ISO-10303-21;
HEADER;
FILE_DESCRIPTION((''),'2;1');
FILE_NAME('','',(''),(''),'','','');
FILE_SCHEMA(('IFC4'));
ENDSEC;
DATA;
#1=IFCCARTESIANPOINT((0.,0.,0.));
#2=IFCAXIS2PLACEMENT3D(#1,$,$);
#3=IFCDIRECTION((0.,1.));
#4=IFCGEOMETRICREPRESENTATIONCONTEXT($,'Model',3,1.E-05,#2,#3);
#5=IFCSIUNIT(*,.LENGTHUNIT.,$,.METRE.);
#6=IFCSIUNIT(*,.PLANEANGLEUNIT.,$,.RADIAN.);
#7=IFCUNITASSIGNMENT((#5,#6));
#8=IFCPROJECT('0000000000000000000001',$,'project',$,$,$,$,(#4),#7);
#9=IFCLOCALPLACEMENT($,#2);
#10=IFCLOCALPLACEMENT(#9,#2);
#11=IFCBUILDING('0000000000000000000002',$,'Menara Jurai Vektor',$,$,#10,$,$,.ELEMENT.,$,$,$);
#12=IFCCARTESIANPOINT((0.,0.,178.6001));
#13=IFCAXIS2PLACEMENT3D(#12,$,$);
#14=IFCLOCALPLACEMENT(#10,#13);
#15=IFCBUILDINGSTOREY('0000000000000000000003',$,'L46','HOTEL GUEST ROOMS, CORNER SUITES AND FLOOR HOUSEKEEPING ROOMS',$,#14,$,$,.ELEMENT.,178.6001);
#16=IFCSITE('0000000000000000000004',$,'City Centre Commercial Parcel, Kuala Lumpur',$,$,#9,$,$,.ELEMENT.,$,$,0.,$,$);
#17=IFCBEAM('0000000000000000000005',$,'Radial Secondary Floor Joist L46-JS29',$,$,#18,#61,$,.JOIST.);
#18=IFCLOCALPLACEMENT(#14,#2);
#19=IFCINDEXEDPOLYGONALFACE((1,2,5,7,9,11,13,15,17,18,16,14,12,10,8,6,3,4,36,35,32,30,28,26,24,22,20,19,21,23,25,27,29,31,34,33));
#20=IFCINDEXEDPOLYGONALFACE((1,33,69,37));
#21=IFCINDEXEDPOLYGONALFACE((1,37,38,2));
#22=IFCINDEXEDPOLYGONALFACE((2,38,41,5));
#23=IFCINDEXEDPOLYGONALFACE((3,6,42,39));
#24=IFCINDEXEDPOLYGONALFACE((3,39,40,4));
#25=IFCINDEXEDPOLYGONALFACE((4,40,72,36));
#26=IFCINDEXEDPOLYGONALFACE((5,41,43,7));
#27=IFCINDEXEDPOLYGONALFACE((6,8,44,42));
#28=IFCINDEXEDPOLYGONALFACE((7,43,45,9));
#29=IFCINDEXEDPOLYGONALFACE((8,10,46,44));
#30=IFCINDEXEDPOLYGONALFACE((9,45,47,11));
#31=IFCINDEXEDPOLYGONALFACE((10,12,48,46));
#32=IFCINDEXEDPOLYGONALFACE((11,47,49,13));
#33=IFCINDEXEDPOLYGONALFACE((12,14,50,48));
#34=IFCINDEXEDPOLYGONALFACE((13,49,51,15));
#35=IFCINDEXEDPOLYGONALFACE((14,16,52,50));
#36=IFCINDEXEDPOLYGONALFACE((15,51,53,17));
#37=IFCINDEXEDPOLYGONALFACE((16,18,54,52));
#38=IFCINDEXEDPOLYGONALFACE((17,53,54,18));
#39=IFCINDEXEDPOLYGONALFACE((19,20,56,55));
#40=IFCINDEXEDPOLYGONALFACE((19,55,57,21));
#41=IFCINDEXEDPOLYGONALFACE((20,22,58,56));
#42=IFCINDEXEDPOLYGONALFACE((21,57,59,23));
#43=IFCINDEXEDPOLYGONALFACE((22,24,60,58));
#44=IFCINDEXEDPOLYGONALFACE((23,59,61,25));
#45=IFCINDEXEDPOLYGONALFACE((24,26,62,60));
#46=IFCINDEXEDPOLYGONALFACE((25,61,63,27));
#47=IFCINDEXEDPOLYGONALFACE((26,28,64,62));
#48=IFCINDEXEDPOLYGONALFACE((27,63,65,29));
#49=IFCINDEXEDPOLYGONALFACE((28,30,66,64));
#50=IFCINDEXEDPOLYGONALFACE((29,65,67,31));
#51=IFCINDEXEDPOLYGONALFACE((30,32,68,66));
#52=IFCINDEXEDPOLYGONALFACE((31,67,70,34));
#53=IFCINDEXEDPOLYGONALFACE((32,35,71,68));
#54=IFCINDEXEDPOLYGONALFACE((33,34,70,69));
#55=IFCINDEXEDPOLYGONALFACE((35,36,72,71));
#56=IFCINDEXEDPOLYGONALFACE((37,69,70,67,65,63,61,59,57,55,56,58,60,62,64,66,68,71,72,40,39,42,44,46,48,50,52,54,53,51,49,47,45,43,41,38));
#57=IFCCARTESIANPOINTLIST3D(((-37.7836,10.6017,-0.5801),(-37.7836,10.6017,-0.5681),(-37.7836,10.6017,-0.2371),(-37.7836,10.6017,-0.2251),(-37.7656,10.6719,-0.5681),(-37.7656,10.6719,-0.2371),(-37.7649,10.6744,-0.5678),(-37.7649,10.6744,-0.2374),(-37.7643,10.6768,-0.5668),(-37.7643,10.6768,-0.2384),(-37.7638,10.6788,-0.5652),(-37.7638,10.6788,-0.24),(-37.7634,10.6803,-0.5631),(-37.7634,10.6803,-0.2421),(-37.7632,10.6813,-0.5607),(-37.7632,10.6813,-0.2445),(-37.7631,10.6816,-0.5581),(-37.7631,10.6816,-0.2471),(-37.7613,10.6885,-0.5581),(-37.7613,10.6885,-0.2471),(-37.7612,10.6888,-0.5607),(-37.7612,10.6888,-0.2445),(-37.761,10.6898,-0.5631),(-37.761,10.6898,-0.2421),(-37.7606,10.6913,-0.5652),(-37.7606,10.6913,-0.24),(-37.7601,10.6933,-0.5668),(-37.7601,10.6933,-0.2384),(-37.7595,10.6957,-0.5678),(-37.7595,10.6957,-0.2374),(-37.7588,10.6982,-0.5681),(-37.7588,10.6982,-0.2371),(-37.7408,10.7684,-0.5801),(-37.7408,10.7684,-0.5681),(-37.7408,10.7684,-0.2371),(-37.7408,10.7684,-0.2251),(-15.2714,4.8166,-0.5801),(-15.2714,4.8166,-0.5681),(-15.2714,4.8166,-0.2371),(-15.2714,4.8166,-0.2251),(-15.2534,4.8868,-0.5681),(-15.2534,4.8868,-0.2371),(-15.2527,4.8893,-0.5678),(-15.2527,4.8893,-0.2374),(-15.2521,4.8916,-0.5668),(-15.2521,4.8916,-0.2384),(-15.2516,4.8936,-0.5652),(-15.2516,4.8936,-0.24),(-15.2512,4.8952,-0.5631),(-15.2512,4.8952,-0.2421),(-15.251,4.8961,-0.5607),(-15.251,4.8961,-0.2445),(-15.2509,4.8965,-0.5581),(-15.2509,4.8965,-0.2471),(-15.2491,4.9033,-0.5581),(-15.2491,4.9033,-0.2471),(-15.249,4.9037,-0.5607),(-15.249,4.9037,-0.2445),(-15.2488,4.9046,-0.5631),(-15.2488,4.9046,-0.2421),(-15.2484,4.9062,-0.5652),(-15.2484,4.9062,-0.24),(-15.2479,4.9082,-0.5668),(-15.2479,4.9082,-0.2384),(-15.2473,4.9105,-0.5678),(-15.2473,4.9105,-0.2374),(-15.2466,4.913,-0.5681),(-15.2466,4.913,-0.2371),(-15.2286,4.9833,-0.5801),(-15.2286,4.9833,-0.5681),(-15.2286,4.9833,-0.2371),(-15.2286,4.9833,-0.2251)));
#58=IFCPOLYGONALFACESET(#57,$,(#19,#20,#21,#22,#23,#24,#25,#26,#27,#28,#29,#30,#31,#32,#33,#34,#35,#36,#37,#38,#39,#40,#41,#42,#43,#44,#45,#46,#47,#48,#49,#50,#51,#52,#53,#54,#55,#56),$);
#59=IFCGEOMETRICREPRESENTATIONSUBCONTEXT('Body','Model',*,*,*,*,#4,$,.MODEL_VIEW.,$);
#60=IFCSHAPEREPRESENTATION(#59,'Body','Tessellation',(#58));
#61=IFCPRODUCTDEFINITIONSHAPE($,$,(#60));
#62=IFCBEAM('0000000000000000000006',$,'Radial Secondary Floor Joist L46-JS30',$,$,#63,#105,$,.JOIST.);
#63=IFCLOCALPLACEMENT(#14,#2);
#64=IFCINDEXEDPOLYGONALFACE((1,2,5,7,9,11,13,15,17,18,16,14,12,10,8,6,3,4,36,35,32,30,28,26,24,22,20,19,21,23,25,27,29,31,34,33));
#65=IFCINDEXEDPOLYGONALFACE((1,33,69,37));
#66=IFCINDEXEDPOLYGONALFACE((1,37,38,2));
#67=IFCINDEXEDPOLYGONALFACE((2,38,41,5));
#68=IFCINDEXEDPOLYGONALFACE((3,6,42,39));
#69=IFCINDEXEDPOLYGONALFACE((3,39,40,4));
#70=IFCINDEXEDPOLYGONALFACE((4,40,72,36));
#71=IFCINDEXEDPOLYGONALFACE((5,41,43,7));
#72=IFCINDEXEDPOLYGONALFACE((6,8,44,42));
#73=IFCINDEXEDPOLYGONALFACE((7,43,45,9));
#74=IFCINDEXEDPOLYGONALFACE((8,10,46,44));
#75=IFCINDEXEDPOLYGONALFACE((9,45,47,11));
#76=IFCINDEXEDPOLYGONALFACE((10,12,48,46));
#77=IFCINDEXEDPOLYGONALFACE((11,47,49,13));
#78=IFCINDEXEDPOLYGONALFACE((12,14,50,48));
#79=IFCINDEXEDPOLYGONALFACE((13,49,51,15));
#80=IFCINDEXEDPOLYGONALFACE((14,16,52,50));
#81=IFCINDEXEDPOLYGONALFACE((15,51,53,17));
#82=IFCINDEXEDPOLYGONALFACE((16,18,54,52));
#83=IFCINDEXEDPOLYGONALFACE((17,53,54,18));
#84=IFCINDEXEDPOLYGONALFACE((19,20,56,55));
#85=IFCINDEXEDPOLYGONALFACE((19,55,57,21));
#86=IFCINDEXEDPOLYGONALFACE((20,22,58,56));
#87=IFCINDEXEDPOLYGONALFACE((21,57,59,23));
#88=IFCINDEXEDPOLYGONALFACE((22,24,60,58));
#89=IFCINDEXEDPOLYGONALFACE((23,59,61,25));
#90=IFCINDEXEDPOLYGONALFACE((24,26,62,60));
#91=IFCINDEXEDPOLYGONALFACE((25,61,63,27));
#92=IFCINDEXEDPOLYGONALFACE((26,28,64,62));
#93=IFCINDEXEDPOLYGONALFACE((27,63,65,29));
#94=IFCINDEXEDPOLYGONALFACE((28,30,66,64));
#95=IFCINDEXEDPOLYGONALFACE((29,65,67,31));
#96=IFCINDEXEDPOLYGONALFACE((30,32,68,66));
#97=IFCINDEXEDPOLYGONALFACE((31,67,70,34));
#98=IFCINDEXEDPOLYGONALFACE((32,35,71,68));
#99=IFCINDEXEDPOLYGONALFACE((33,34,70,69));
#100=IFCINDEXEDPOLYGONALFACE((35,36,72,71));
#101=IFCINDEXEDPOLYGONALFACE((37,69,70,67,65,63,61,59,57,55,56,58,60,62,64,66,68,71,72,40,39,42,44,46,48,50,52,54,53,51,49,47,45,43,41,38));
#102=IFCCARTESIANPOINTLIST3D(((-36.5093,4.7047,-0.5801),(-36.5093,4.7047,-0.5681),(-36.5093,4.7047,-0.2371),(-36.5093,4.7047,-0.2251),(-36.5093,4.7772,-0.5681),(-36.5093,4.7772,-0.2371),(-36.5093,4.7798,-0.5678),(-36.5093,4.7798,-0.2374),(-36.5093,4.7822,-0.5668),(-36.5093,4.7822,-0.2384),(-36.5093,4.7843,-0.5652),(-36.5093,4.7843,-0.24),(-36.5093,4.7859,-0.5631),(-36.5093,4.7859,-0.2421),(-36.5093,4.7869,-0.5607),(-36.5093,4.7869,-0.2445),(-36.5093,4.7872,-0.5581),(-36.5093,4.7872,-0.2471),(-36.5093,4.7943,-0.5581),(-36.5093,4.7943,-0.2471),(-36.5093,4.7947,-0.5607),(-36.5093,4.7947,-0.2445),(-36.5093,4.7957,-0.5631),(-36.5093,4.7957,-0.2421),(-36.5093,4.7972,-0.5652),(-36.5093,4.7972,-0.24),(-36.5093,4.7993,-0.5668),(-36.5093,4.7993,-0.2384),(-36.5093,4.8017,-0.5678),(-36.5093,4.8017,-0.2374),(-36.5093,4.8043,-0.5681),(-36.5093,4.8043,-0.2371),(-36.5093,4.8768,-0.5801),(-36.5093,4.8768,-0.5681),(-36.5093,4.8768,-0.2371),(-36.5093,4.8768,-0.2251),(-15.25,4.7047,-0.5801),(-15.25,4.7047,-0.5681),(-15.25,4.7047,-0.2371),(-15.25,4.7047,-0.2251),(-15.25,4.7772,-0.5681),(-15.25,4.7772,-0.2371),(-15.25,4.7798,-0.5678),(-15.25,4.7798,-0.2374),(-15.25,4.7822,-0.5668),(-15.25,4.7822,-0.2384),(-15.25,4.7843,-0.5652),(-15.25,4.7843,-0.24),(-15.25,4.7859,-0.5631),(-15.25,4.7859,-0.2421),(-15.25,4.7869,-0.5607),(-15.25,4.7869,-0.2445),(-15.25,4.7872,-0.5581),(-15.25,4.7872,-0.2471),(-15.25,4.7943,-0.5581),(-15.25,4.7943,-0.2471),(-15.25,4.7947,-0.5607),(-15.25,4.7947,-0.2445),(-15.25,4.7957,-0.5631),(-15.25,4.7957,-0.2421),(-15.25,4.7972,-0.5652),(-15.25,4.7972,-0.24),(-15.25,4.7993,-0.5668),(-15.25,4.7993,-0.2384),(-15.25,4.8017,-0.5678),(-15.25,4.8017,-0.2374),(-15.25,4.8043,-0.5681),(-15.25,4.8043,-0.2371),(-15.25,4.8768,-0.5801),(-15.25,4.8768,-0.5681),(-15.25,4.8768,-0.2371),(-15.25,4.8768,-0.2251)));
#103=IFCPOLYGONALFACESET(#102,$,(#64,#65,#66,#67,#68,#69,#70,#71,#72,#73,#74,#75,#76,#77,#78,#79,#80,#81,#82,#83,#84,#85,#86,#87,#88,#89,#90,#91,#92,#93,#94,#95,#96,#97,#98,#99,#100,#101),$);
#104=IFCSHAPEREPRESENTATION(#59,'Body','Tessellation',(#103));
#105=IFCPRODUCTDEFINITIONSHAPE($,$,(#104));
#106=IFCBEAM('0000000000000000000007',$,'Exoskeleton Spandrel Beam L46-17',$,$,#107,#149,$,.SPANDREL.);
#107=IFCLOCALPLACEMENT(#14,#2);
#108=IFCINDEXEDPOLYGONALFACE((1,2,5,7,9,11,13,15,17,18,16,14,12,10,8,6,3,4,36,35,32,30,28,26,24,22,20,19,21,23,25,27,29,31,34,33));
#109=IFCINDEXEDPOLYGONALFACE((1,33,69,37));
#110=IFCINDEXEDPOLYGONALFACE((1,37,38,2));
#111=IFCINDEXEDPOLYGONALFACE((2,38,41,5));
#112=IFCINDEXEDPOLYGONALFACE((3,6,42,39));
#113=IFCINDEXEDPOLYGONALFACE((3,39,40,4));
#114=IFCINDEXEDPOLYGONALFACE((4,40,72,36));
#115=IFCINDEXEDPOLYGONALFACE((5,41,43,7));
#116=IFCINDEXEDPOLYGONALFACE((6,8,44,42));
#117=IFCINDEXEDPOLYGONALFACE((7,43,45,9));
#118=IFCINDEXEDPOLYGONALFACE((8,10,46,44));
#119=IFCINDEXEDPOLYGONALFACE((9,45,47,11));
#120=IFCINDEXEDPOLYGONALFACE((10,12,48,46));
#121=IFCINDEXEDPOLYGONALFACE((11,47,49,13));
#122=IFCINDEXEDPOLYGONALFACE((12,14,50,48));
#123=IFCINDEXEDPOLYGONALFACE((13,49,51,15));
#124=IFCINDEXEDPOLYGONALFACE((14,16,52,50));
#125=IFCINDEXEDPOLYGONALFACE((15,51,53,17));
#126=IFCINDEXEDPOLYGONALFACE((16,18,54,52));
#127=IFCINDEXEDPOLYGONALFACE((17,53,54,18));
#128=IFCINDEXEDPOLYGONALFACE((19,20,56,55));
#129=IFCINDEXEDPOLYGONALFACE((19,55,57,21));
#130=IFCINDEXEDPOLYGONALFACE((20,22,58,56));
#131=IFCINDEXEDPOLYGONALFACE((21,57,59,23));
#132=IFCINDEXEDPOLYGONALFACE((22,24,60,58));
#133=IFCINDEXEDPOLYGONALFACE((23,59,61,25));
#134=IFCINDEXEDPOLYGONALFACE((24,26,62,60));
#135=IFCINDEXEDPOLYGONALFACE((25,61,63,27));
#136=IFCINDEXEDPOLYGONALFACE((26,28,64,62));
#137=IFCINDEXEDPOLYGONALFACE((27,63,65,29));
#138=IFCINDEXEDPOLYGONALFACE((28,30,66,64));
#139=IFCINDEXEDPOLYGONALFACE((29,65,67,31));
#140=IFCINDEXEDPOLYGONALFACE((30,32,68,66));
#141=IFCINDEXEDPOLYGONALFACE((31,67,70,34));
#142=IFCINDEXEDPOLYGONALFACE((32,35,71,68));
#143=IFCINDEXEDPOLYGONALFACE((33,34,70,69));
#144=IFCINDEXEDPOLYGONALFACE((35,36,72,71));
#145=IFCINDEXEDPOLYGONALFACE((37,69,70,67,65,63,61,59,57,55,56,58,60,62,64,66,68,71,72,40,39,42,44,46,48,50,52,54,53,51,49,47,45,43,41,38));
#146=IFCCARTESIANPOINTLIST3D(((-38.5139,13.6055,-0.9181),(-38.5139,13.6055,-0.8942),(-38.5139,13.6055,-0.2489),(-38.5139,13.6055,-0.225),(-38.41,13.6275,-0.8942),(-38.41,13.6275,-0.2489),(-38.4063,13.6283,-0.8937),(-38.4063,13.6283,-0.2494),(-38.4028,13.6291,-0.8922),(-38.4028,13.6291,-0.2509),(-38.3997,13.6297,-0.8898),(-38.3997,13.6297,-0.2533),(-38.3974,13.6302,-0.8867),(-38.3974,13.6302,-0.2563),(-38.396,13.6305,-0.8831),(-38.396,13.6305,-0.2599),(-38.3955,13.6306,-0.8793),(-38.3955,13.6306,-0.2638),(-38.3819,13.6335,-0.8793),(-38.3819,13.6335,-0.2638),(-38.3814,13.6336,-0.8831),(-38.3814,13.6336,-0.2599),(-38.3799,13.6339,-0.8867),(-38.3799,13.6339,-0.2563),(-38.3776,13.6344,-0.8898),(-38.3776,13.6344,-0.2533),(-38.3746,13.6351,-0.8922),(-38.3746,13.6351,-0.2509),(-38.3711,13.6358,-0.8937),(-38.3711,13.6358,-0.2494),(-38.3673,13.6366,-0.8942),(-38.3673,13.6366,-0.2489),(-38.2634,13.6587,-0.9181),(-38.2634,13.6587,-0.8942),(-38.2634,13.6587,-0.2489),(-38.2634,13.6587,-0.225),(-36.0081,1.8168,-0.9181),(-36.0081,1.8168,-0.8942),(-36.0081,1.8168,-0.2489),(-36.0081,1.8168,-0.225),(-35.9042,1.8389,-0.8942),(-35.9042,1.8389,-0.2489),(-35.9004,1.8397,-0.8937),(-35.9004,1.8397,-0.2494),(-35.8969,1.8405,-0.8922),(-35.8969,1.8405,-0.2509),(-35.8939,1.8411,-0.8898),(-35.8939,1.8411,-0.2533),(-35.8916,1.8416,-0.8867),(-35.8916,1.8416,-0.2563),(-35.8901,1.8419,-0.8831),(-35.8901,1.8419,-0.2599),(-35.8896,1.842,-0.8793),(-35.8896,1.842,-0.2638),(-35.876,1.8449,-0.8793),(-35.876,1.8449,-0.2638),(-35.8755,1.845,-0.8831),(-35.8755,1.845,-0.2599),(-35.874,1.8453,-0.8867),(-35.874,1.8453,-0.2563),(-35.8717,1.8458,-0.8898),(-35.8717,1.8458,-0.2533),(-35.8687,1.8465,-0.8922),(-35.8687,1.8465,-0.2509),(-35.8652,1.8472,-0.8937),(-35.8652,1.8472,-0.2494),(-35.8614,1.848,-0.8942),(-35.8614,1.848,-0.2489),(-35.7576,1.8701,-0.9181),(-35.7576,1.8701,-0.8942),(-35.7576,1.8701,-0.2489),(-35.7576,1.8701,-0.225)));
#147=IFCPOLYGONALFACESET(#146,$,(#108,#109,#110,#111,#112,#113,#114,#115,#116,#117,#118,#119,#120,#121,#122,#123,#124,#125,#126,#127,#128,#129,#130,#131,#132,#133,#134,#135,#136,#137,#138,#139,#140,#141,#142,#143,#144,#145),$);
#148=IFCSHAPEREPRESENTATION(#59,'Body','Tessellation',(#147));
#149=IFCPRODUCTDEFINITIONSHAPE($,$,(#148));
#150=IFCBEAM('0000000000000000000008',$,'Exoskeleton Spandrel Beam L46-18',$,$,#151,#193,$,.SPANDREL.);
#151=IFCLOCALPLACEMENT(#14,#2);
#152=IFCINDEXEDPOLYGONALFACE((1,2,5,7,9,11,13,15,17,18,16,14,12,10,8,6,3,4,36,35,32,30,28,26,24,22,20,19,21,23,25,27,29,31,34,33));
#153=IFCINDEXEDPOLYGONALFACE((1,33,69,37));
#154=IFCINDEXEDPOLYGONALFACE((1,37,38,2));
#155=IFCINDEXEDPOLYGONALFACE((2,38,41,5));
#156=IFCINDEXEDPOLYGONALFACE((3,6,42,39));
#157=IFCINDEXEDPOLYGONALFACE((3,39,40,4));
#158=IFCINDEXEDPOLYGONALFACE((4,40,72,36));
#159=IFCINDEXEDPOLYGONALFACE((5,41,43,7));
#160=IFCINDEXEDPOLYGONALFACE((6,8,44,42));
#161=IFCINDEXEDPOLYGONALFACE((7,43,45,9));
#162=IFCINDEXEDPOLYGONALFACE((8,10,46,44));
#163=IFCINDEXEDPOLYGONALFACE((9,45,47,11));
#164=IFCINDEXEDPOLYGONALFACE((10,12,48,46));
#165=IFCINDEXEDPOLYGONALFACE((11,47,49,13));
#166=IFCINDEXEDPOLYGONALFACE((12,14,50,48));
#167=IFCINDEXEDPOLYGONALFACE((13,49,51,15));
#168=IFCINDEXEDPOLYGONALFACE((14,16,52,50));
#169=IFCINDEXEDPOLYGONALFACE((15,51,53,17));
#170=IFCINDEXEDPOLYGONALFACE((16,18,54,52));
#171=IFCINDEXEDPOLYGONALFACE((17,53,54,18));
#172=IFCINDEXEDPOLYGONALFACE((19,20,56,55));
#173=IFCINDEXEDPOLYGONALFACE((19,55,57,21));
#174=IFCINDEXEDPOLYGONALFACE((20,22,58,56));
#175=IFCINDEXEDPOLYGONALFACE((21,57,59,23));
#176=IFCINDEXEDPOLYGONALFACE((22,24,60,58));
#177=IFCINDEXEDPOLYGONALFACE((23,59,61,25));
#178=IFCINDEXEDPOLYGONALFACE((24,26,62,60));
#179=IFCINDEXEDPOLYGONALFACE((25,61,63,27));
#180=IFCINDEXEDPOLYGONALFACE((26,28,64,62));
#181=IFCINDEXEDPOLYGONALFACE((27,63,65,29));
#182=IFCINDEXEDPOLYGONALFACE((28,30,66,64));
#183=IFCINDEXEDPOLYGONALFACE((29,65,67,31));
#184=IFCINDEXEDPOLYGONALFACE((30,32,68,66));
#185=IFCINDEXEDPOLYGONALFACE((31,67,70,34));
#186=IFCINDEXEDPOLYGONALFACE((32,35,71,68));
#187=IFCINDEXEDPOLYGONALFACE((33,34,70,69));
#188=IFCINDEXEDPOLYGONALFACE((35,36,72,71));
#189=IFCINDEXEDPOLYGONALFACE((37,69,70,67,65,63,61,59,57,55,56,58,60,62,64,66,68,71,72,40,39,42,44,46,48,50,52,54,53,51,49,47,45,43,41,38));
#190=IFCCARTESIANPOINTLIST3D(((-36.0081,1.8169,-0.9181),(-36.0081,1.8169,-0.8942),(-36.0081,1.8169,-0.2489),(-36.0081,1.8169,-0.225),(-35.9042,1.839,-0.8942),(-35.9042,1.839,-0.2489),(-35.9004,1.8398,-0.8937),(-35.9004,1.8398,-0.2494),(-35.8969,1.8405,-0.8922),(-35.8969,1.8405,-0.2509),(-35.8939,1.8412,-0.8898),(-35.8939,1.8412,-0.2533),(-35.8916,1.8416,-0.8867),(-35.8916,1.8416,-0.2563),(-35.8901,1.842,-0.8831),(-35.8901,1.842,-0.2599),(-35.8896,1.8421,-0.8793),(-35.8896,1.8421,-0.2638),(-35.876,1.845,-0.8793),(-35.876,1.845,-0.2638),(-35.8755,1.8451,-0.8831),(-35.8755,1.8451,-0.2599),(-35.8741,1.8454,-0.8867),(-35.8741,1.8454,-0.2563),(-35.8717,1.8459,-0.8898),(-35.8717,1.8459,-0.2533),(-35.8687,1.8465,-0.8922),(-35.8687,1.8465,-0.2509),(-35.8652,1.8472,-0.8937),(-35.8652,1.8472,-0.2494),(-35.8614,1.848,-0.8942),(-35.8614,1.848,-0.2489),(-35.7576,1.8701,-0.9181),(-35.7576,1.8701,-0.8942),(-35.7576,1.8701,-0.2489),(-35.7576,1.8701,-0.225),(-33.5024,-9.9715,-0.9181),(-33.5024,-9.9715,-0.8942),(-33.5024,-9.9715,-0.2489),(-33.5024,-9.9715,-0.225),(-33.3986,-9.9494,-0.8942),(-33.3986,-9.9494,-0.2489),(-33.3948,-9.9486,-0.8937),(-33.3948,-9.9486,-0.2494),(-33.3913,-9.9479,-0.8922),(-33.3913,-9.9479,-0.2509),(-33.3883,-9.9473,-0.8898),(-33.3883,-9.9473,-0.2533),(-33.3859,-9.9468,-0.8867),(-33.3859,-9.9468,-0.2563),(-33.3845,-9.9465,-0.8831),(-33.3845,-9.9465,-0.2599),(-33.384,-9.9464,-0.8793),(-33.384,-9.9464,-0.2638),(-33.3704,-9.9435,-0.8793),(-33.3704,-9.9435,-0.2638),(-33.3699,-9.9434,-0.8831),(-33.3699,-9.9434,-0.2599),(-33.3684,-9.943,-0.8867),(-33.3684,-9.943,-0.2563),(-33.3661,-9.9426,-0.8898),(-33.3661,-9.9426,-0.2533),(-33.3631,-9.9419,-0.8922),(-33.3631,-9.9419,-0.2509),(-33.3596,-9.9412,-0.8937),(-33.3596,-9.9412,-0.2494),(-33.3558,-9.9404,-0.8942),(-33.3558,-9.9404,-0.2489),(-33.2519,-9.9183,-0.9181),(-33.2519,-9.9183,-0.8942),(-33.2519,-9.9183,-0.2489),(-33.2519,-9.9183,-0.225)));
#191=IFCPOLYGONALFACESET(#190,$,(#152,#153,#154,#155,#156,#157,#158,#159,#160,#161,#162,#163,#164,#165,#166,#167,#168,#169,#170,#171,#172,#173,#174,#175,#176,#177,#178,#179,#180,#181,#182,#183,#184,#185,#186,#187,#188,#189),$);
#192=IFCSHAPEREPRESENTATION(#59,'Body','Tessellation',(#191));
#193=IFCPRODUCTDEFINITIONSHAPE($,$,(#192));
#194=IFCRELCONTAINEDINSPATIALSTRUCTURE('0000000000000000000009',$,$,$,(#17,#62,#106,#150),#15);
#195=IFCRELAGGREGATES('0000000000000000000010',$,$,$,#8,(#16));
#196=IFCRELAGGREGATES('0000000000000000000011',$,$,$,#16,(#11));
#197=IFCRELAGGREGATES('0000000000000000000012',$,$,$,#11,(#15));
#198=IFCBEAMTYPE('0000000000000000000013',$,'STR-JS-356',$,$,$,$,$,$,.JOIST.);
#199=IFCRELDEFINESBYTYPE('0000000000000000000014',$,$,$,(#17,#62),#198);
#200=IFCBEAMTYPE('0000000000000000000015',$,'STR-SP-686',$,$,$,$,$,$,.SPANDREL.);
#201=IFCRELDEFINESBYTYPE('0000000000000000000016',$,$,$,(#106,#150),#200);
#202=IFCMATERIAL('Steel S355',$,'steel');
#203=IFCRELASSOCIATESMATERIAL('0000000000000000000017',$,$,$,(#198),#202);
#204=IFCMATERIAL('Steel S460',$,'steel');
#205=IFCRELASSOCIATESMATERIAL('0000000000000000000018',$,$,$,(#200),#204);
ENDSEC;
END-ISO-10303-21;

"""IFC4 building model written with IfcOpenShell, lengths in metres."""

from ifc_helpers import new_model, si_unit, direction, frame, origin, origin_2d, place, context, subcontext, project, spatial, i_section, extrude, material, material_profile, profile_set, type_object, element, save


model = new_model("IFC4")

# Units and contexts
model_context = context("Model", 3, precision=1e-05, world=origin(), true_north=direction((0.0, 1.0)))
body_context = subcontext(model_context, "Body", "Model", "MODEL_VIEW")
ifc_project = project(units=[si_unit("LENGTHUNIT", "METRE"), si_unit("PLANEANGLEUNIT", "RADIAN")], contexts=[model_context])

# Site, building, storey
site_placement = place(None, origin())
site = spatial("IfcSite", under=ifc_project, at=site_placement, Name="City Centre Commercial Parcel, Kuala Lumpur", CompositionType="ELEMENT", RefElevation=0.0)
building_placement = place(site_placement, origin())
building = spatial("IfcBuilding", under=site, at=building_placement, Name="Menara Jurai Vektor", CompositionType="ELEMENT")
storey_placement = place(building_placement, frame((0.0, 0.0, 178.6001)))
storey = spatial("IfcBuildingStorey", under=building, at=storey_placement, Name="L46", Description="HOTEL GUEST ROOMS, CORNER SUITES AND FLOOR HOUSEKEEPING ROOMS", CompositionType="ELEMENT", Elevation=178.6001)

# Shared definitions
ifc_material_1 = material(Name="Steel S460", Category="steel")

# Shared definitions
ifc_material_2 = material(Name="Steel S355", Category="steel")

# Beams
ifc_material_profile_1 = material_profile(ifc_material_2, i_section(OverallWidth=0.1721, OverallDepth=0.355, WebThickness=0.0071, FlangeThickness=0.012, FilletRadius=0.01, at=origin_2d()), Name="UKB 356x171x51")
ifc_profile_set_1 = profile_set([ifc_material_profile_1], Name="Steel S355")
beam_type_1 = type_object("IfcBeamType", Name="STR-JS-356", PredefinedType="JOIST", material=ifc_profile_set_1)
beam_1_placement = place(storey_placement, frame((-37.7622, 10.6851, -0.4026), z_axis=(0.968531, -0.248892, 0.0), x_axis=(0.248892, 0.968531, 0.0)))
element("IfcBeam", 1, at=beam_1_placement, inside=storey, type_object=beam_type_1, Name="Radial Secondary Floor Joist L46-JS29", PredefinedType="JOIST", context=body_context, shape_type="SweptSolid", body=[
    extrude(i_section(OverallWidth=0.1721, OverallDepth=0.355, WebThickness=0.0071, FlangeThickness=0.012, FilletRadius=0.01, at=origin_2d()), origin(), (0.0, 0.0, 1.0), 23.2437),
])
beam_2_placement = place(storey_placement, frame((-36.5093, 4.7908, -0.4026), z_axis=(1.0, 0.0, 0.0), x_axis=(0.0, 1.0, 0.0)))
element("IfcBeam", 2, at=beam_2_placement, inside=storey, type_object=beam_type_1, Name="Radial Secondary Floor Joist L46-JS30", PredefinedType="JOIST", context=body_context, shape_type="SweptSolid", body=[
    extrude(i_section(OverallWidth=0.1721, OverallDepth=0.355, WebThickness=0.0071, FlangeThickness=0.012, FilletRadius=0.01, at=origin_2d()), origin(), (0.0, 0.0, 1.0), 21.2593),
])
ifc_material_profile_2 = material_profile(ifc_material_1, i_section(OverallWidth=0.2561, OverallDepth=0.6931, WebThickness=0.0139, FlangeThickness=0.0239, FilletRadius=0.0149, at=origin_2d()), Name="UKB 686x254x170")
ifc_profile_set_2 = profile_set([ifc_material_profile_2], Name="Steel S460")
beam_type_2 = type_object("IfcBeamType", Name="STR-SP-686", PredefinedType="SPANDREL", material=ifc_profile_set_2)
beam_3_placement = place(storey_placement, frame((-38.3887, 13.6321, -0.5715), z_axis=(0.207921, -0.978146, 0.0), x_axis=(0.978146, 0.207921, 0.0)))
element("IfcBeam", 3, at=beam_3_placement, inside=storey, type_object=beam_type_2, Name="Exoskeleton Spandrel Beam L46-17", PredefinedType="SPANDREL", context=body_context, shape_type="SweptSolid", body=[
    extrude(i_section(OverallWidth=0.2561, OverallDepth=0.6931, WebThickness=0.0139, FlangeThickness=0.0239, FilletRadius=0.0149, at=origin_2d()), origin(), (0.0, 0.0, 1.0), 12.052),
])
beam_4_placement = place(storey_placement, frame((-35.8828, 1.8435, -0.5715), z_axis=(0.207906, -0.978149, 0.0), x_axis=(0.978149, 0.207906, 0.0)))
element("IfcBeam", 4, at=beam_4_placement, inside=storey, type_object=beam_type_2, Name="Exoskeleton Spandrel Beam L46-18", PredefinedType="SPANDREL", context=body_context, shape_type="SweptSolid", body=[
    extrude(i_section(OverallWidth=0.2561, OverallDepth=0.6931, WebThickness=0.0139, FlangeThickness=0.0239, FilletRadius=0.0149, at=origin_2d()), origin(), (0.0, 0.0, 1.0), 12.0518),
])

save(model, "model.ifc")
